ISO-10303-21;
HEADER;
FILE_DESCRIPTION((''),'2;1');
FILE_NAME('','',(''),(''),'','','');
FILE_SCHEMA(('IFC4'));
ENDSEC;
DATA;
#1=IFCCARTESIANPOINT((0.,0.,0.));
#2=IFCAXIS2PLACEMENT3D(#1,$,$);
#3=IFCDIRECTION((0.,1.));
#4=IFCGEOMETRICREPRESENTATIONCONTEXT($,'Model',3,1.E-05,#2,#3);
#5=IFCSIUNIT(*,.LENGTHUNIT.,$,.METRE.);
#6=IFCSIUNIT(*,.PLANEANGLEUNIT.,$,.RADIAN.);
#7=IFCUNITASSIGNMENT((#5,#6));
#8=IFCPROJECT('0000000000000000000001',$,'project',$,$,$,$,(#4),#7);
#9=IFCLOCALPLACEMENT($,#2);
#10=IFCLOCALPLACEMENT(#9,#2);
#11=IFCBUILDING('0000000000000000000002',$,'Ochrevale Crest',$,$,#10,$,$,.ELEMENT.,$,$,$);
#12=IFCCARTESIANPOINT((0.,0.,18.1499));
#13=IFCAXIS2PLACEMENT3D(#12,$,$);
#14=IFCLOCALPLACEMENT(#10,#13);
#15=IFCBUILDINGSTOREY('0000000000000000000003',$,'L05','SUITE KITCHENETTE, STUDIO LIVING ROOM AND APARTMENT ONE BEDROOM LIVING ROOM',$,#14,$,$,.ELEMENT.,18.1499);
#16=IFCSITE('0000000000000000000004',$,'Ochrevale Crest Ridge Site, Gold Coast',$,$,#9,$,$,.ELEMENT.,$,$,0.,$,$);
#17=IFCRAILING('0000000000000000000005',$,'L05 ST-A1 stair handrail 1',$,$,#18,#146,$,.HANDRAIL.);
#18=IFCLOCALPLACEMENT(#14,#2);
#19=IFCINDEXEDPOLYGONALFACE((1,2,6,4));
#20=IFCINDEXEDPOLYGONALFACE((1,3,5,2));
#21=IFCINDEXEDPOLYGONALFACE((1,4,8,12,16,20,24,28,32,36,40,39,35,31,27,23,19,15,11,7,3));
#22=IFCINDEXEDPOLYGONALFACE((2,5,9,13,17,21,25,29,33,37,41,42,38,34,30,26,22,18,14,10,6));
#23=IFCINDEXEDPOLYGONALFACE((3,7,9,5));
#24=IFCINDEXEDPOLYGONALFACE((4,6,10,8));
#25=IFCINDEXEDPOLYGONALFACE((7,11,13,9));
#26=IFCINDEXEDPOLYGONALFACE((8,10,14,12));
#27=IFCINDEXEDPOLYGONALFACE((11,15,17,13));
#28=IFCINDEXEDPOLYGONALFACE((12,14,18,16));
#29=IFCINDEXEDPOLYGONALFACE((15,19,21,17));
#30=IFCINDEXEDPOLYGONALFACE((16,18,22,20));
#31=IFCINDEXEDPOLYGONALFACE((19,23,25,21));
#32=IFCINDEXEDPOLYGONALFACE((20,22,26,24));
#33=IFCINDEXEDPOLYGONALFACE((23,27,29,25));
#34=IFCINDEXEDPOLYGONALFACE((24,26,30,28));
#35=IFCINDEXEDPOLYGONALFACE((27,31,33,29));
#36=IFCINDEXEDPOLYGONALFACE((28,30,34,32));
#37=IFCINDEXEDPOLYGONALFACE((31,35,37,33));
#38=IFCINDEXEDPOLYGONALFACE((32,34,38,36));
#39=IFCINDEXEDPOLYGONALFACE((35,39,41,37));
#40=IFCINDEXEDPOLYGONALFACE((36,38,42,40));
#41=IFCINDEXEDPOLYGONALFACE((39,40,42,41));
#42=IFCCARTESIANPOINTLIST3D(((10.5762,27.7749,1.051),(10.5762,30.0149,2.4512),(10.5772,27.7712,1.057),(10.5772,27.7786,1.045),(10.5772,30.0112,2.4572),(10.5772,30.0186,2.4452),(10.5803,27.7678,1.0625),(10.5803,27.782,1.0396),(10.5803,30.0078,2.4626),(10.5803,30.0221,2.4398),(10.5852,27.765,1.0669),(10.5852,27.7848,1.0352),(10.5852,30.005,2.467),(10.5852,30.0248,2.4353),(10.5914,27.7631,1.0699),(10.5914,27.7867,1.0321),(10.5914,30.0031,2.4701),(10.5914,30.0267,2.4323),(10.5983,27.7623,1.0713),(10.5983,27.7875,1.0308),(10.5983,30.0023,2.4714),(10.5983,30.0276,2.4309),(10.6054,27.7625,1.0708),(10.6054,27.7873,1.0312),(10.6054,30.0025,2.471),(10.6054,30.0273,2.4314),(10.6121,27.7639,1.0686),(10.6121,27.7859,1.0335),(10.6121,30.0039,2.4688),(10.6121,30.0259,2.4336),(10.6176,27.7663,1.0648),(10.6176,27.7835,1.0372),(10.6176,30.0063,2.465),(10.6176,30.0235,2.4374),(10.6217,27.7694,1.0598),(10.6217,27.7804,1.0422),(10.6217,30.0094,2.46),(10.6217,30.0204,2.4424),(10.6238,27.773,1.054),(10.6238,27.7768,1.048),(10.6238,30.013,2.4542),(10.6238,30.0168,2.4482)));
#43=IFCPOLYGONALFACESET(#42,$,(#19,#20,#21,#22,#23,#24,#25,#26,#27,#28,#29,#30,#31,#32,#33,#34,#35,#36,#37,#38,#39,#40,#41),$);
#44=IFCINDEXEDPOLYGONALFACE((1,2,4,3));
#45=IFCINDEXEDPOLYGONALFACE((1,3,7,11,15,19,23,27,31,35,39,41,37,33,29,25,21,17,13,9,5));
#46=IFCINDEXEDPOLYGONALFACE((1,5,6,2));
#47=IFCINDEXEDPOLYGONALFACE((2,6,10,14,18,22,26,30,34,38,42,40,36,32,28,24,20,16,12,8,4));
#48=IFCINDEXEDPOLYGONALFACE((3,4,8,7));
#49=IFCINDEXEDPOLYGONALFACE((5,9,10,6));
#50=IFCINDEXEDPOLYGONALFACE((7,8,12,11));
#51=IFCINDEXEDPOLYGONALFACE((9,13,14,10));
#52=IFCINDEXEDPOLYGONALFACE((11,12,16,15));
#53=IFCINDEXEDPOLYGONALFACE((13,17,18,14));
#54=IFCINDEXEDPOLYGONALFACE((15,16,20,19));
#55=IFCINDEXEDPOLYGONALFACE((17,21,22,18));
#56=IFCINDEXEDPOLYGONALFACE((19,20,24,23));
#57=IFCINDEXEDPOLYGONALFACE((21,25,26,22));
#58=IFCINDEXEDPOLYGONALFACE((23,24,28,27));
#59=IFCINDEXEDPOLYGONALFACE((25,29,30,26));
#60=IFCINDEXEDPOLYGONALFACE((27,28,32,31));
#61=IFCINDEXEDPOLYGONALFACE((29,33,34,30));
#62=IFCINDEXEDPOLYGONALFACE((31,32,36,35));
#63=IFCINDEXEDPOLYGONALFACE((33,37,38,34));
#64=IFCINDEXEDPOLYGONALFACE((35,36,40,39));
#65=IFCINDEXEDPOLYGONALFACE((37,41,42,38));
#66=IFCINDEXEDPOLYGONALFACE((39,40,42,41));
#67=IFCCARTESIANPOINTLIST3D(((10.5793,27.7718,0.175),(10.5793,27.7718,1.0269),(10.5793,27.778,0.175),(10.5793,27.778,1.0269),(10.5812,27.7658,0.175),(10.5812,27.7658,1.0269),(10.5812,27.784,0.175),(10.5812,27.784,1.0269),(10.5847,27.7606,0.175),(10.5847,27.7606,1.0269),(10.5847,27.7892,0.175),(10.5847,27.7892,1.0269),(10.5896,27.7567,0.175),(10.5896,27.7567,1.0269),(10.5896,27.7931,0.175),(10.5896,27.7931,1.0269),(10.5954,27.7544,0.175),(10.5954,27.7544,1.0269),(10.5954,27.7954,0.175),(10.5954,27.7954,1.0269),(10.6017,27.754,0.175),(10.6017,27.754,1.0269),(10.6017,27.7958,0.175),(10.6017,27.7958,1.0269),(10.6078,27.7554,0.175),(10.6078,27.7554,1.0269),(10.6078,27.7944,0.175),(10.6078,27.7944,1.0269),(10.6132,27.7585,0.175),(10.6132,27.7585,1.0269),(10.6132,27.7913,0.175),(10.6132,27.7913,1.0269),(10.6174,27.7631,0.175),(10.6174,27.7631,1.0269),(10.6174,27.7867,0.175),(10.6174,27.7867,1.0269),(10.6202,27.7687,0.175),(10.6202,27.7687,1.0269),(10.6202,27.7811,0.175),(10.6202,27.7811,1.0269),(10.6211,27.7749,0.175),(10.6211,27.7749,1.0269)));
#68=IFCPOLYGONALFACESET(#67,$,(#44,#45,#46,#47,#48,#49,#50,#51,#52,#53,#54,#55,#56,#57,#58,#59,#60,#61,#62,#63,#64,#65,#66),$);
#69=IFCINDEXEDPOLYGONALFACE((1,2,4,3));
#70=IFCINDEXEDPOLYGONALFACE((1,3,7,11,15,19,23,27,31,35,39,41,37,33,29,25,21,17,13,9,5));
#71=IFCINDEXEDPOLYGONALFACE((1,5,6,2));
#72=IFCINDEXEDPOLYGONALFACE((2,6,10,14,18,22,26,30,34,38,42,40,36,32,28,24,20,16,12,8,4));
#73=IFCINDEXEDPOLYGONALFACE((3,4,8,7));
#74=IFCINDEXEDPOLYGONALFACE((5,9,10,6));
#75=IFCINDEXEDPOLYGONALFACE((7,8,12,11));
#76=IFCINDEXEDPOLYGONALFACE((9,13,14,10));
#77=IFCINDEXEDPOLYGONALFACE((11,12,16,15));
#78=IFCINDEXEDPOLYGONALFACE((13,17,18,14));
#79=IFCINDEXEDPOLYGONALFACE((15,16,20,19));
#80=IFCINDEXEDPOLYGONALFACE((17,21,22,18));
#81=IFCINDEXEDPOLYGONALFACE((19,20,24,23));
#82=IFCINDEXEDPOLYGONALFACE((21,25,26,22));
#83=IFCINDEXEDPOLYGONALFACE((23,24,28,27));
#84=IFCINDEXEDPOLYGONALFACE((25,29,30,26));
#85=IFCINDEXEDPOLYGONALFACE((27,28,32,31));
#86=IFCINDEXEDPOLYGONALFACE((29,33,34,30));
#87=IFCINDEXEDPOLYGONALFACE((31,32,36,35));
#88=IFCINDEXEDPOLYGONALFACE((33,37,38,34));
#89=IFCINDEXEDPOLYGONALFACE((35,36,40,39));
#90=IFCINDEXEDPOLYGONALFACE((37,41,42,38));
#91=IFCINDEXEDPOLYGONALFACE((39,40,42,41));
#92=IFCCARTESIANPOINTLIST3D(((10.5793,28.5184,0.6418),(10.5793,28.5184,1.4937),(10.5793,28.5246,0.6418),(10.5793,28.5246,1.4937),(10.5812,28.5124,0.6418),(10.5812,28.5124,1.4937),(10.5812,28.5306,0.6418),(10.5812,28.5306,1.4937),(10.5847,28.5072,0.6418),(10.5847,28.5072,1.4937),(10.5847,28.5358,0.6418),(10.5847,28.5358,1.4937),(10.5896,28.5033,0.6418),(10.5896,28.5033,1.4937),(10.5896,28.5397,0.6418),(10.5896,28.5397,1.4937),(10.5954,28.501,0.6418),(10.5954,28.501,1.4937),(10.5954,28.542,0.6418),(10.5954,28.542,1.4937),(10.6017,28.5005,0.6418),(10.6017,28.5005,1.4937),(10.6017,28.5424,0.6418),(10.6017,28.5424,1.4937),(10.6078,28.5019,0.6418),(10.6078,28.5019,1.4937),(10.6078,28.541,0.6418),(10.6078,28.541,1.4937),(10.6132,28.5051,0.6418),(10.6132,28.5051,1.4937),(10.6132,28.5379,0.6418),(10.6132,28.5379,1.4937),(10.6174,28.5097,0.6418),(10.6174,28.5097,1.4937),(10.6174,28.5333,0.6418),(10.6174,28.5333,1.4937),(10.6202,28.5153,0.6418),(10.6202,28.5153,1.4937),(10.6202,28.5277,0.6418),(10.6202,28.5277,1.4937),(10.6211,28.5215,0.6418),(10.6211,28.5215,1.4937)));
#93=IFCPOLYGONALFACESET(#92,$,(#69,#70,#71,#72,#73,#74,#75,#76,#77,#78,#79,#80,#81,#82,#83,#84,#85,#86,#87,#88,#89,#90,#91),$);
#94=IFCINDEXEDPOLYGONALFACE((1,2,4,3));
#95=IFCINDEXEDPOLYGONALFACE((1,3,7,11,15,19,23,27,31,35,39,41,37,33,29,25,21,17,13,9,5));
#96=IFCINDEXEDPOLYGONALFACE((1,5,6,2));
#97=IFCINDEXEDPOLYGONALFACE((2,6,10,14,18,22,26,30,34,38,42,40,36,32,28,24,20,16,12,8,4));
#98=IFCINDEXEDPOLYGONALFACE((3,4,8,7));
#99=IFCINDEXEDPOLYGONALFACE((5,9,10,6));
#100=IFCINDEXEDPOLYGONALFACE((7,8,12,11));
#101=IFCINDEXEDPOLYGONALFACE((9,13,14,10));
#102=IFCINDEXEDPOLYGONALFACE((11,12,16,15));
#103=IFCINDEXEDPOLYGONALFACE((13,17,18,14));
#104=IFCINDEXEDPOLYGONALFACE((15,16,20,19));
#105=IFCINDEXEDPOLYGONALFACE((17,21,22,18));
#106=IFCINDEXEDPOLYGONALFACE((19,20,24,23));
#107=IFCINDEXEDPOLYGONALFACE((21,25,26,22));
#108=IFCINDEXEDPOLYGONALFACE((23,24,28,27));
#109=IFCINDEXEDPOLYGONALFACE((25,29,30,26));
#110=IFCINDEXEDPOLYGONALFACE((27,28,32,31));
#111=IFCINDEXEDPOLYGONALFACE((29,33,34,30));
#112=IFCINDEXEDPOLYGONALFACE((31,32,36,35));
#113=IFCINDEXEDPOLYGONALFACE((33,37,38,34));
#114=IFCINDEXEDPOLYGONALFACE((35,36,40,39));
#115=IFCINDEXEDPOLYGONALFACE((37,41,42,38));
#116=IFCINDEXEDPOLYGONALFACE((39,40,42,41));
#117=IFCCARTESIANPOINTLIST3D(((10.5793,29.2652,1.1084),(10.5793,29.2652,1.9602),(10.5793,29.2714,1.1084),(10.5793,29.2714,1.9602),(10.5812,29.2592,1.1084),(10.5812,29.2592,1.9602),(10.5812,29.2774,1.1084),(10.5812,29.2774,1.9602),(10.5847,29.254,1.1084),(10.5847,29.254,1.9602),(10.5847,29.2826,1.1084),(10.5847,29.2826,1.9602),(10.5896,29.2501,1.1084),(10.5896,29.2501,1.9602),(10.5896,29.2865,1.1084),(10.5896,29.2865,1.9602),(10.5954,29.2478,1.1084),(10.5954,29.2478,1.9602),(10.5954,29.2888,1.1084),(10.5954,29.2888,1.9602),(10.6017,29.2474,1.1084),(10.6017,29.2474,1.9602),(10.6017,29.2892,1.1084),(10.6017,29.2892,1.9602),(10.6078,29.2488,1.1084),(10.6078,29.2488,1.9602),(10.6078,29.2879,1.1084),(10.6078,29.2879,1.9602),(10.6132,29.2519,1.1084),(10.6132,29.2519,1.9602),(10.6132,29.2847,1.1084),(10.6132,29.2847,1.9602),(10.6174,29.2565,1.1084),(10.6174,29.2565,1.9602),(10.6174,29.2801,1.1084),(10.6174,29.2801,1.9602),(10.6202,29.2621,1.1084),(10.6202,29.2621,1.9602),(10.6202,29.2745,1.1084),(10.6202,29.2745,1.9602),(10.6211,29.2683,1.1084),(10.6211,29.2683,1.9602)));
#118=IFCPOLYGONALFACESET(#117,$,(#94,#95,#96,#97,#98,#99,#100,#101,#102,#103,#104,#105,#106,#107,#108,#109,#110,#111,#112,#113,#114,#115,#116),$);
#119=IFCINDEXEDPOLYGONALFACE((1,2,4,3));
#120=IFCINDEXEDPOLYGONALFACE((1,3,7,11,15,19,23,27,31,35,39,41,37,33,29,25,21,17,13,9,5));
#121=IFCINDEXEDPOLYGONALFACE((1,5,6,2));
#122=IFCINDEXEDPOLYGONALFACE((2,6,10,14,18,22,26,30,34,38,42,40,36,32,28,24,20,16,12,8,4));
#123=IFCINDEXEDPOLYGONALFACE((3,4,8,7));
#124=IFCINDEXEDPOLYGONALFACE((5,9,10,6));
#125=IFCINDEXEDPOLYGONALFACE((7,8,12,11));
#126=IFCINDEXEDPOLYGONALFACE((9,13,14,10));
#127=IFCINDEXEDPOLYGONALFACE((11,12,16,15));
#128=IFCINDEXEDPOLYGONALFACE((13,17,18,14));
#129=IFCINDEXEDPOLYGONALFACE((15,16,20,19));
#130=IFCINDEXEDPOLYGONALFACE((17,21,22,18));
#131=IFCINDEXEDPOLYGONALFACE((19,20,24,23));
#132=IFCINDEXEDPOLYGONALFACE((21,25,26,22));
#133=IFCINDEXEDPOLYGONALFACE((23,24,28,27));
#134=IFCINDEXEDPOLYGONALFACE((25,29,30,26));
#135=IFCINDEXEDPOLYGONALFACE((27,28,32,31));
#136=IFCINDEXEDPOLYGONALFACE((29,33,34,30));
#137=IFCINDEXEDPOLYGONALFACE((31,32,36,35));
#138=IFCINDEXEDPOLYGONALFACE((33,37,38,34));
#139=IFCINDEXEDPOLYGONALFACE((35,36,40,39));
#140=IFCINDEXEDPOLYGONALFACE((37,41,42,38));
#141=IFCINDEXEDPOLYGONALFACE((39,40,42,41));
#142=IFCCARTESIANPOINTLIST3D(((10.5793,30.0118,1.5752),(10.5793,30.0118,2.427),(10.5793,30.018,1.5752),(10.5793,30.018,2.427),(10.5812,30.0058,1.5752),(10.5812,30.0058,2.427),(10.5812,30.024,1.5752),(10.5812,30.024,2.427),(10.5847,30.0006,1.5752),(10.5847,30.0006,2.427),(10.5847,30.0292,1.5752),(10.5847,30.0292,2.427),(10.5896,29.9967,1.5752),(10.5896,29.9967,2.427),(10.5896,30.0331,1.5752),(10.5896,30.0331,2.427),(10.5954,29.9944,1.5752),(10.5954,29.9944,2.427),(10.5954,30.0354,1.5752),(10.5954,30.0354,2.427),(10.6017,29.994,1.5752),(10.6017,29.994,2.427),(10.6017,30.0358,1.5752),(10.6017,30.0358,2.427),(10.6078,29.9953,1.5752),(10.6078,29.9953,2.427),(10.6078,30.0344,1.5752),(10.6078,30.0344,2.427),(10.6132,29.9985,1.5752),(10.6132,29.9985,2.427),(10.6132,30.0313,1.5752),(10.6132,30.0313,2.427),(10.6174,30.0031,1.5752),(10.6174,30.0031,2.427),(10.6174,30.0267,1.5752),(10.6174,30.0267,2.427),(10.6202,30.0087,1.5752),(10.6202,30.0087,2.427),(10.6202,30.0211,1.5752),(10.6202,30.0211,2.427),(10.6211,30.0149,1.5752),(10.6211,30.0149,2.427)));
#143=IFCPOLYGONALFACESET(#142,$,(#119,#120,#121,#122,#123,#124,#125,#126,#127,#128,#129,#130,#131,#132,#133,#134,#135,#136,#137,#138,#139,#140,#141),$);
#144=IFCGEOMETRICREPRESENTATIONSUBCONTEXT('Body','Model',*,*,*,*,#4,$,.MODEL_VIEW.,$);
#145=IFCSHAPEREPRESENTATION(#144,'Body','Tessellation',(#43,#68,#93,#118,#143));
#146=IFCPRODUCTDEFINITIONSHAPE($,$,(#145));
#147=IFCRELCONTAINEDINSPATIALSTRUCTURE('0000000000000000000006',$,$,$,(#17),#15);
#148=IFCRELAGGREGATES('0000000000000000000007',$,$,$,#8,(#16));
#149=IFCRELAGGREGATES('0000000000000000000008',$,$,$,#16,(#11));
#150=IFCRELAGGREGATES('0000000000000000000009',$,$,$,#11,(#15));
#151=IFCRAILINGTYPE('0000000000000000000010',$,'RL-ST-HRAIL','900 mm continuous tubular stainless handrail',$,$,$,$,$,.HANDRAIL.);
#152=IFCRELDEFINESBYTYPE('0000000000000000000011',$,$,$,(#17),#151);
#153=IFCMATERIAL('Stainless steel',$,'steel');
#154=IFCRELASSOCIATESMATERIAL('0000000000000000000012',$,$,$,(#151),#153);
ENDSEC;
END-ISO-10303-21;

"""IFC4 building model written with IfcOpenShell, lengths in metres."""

from ifc_helpers import new_model, si_unit, direction, frame, origin, origin_2d, place, context, subcontext, project, spatial, circle, extrude, material, type_object, element, save


model = new_model("IFC4")

# Units and contexts
model_context = context("Model", 3, precision=1e-05, world=origin(), true_north=direction((0.0, 1.0)))
body_context = subcontext(model_context, "Body", "Model", "MODEL_VIEW")
ifc_project = project(units=[si_unit("LENGTHUNIT", "METRE"), si_unit("PLANEANGLEUNIT", "RADIAN")], contexts=[model_context])

# Site, building, storey
site_placement = place(None, origin())
site = spatial("IfcSite", under=ifc_project, at=site_placement, Name="Ochrevale Crest Ridge Site, Gold Coast", CompositionType="ELEMENT", RefElevation=0.0)
building_placement = place(site_placement, origin())
building = spatial("IfcBuilding", under=site, at=building_placement, Name="Ochrevale Crest", CompositionType="ELEMENT")
storey_placement = place(building_placement, frame((0.0, 0.0, 18.1499)))
storey = spatial("IfcBuildingStorey", under=building, at=storey_placement, Name="L05", Description="SUITE KITCHENETTE, STUDIO LIVING ROOM AND APARTMENT ONE BEDROOM LIVING ROOM", CompositionType="ELEMENT", Elevation=18.1499)

# Railing
ifc_material_1 = material(Name="Stainless steel", Category="steel")
railing_type_1 = type_object("IfcRailingType", Name="RL-ST-HRAIL", Description="900 mm continuous tubular stainless handrail", PredefinedType="HANDRAIL", material=ifc_material_1)
railing_1_placement = place(storey_placement, frame((10.6001, 27.7749, 0.175)))
element("IfcRailing", 1, at=railing_1_placement, inside=storey, type_object=railing_type_1, Name="L05 ST-A1 stair handrail 1", PredefinedType="HANDRAIL", context=body_context, shape_type="SweptSolid", body=[
    extrude(circle(Radius=0.0239, at=origin_2d()), frame((0.0, 0.0, 0.876), z_axis=(0.0, 0.847972, 0.53004), x_axis=(-1.0, 0.0, 0.0)), (0.0, 0.0, 1.0), 2.6416),
    extrude(circle(Radius=0.021, at=origin_2d()), origin(), (0.0, 0.0, 1.0), 0.8518),
    extrude(circle(Radius=0.021, at=origin_2d()), frame((0.0, 0.7466, 0.4668)), (0.0, 0.0, 1.0), 0.8518),
    extrude(circle(Radius=0.021, at=origin_2d()), frame((0.0, 1.4934, 0.9333)), (0.0, 0.0, 1.0), 0.8518),
    extrude(circle(Radius=0.021, at=origin_2d()), frame((0.0, 2.24, 1.4001)), (0.0, 0.0, 1.0), 0.8518),
])

save(model, "model.ifc")
